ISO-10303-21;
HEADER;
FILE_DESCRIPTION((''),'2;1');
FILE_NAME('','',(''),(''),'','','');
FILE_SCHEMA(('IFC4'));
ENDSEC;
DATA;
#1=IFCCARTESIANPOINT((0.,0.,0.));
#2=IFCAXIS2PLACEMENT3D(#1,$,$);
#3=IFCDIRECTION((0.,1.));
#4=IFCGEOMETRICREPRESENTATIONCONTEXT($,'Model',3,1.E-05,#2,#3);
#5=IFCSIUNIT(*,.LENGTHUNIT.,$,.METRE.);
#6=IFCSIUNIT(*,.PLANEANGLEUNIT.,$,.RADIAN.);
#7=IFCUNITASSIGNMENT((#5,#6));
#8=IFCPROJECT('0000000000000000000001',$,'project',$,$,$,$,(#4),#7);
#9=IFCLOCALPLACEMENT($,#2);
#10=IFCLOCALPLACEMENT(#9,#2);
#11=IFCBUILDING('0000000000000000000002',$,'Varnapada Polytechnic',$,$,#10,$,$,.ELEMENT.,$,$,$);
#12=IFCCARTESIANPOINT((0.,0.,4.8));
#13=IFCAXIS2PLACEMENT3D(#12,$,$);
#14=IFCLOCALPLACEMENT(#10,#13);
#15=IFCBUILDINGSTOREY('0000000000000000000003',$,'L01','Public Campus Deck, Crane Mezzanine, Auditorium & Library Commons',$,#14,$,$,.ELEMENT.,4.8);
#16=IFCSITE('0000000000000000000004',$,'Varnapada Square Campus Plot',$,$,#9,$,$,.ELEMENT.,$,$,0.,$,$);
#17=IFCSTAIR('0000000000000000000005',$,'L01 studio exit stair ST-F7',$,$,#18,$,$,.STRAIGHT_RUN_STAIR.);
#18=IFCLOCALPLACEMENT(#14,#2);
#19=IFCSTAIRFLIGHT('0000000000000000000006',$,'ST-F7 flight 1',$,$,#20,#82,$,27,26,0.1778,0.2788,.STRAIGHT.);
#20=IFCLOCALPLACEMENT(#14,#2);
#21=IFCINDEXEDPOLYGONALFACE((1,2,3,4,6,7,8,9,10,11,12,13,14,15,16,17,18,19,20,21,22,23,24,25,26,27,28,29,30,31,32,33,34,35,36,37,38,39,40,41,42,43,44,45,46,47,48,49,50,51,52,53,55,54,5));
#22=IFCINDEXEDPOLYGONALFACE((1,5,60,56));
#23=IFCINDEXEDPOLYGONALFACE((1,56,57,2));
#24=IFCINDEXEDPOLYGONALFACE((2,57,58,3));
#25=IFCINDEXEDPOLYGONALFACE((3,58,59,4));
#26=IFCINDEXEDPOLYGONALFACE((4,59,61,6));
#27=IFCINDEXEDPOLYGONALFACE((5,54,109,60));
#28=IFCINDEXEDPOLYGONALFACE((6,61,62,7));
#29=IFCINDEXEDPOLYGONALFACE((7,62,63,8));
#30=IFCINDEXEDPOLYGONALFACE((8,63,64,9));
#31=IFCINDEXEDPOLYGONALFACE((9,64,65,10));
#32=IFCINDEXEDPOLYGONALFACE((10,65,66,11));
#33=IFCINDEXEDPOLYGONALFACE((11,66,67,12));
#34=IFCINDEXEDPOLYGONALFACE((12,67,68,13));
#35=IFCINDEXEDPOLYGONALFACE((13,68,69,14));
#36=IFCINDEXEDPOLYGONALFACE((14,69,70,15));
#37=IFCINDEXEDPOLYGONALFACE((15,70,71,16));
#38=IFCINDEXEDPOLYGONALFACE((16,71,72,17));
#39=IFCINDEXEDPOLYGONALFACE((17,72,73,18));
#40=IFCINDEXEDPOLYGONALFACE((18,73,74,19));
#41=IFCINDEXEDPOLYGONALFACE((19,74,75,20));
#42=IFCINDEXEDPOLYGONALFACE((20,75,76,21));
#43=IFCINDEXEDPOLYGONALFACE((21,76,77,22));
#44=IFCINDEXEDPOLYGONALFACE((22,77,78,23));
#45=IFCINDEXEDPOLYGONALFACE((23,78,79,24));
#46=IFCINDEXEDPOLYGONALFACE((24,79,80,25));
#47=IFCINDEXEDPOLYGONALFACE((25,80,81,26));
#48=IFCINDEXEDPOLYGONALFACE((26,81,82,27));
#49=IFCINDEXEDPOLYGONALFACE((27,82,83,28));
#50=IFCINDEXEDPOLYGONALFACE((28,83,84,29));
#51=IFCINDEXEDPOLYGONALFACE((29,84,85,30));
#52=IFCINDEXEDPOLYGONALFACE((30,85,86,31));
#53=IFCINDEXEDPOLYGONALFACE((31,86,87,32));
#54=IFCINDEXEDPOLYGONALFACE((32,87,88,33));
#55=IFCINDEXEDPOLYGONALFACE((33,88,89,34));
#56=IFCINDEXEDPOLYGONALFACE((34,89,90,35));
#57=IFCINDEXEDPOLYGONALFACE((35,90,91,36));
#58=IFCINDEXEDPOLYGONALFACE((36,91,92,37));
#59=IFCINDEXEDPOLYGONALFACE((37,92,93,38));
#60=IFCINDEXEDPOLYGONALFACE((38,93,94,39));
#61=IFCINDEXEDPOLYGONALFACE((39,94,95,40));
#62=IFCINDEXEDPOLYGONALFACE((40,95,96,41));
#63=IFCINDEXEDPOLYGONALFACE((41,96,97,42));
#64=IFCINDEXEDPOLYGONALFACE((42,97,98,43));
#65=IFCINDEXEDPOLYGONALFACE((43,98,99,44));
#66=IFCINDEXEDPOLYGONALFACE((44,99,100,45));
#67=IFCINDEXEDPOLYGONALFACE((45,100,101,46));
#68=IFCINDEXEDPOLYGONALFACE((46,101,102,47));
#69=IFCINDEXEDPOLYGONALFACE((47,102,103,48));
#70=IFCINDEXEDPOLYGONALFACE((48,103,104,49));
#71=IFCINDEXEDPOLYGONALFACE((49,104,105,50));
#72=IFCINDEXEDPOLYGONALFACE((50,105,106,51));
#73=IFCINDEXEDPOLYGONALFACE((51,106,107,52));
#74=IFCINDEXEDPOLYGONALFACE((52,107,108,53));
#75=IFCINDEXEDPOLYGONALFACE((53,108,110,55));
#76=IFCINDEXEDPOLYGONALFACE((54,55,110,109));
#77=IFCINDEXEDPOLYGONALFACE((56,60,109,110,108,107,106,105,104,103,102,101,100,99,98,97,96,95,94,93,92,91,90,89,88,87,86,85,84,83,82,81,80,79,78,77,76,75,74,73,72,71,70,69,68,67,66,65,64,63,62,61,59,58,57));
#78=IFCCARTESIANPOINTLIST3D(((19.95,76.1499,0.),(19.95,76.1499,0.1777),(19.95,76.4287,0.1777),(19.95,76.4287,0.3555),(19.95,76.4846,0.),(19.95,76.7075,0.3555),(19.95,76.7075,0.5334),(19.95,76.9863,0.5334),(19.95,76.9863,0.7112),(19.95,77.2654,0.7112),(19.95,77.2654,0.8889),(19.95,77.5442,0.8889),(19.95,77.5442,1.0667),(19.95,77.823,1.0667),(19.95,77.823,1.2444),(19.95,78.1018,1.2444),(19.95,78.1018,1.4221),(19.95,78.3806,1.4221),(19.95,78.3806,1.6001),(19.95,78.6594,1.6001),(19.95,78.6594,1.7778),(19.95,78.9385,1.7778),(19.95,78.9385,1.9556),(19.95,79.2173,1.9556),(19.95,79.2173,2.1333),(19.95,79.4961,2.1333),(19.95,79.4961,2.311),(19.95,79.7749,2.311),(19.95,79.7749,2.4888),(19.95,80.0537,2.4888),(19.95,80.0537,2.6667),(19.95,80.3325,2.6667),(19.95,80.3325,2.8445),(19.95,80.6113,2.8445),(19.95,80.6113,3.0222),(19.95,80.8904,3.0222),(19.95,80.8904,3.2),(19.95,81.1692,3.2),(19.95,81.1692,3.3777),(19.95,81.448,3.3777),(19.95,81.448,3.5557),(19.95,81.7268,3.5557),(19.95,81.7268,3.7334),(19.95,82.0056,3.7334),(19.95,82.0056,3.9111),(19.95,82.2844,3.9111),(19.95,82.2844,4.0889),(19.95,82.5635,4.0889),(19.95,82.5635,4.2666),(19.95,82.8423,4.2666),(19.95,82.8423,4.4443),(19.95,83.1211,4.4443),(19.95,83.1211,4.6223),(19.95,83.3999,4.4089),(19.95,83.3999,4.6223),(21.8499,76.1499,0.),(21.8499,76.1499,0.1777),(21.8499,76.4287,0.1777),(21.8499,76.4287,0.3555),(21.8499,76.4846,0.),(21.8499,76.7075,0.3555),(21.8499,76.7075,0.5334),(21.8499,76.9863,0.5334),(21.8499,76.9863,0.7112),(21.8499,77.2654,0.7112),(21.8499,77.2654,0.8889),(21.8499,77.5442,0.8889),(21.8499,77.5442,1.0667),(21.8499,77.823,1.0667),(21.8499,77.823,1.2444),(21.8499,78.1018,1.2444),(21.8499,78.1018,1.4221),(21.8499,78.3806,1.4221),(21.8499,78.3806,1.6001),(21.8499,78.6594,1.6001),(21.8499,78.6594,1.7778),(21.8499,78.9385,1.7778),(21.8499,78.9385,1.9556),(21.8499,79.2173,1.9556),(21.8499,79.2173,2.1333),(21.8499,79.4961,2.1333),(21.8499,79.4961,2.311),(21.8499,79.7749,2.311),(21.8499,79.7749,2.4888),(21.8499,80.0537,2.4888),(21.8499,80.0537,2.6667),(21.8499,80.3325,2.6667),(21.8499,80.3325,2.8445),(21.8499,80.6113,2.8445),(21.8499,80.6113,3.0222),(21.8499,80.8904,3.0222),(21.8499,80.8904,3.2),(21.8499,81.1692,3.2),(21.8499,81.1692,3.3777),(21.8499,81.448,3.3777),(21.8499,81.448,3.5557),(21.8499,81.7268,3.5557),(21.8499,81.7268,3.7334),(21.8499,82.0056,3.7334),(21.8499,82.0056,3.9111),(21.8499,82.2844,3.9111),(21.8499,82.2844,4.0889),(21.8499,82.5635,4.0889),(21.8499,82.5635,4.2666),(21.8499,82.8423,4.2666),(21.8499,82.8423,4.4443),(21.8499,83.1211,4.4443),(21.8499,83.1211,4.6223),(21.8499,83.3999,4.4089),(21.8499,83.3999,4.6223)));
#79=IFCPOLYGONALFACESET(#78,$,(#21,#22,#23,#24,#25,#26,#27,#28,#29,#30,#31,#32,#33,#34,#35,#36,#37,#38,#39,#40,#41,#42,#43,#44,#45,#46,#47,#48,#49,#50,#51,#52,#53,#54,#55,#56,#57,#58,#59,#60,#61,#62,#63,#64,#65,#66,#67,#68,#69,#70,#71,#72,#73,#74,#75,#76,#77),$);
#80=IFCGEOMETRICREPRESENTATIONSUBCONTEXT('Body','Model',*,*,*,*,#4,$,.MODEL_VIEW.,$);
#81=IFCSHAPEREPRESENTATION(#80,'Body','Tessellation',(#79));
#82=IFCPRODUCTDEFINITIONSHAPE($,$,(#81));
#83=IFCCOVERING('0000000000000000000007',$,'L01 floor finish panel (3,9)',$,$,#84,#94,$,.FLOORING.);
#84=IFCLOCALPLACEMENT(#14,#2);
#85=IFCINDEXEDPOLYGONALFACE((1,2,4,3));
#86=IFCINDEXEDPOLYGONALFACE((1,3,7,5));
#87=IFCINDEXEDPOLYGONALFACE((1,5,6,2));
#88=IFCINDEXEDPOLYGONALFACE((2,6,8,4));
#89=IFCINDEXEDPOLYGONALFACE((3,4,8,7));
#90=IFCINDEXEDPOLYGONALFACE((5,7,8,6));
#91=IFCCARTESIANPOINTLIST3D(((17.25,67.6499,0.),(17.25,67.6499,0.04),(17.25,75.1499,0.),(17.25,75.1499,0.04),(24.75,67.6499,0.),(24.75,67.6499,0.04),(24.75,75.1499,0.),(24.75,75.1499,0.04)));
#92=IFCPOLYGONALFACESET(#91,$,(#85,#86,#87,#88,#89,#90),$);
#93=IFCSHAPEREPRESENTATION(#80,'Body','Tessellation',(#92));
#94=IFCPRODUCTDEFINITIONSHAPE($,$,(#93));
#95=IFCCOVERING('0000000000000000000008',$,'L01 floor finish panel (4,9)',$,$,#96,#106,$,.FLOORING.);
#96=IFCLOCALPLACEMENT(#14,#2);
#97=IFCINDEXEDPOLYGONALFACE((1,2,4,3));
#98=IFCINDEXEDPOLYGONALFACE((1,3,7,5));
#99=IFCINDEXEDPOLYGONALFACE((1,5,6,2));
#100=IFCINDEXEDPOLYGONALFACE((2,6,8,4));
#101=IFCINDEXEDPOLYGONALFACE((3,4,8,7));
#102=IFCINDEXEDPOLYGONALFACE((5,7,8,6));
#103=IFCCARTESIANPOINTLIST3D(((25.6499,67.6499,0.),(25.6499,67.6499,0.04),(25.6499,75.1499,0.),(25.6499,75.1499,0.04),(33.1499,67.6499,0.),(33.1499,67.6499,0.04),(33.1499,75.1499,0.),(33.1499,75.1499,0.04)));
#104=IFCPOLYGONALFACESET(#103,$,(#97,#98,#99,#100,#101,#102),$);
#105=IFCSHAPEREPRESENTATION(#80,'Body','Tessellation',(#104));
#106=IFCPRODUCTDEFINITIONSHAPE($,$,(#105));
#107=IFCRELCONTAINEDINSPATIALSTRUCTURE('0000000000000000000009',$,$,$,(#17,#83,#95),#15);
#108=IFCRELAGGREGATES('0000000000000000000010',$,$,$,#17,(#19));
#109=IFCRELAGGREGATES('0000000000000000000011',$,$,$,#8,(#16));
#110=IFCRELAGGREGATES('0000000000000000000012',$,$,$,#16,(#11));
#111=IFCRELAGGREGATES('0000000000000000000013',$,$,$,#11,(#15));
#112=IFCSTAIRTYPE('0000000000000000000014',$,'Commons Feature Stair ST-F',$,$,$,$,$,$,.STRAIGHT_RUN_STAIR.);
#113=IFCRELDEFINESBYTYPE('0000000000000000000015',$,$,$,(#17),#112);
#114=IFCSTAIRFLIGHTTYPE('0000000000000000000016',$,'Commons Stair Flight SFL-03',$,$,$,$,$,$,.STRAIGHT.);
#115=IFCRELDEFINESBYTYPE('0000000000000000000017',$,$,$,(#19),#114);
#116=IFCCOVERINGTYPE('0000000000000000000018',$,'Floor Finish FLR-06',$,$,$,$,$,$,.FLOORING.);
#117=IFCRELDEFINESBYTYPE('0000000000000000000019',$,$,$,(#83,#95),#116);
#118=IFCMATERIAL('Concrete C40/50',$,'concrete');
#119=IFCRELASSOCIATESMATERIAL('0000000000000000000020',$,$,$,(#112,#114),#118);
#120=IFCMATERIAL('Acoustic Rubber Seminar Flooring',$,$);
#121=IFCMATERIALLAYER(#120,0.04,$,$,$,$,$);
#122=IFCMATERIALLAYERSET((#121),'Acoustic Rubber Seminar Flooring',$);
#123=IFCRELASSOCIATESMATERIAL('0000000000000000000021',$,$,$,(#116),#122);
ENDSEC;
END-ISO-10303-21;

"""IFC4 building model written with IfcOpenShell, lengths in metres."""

from ifc_helpers import new_model, si_unit, direction, frame, origin, origin_2d, place, context, subcontext, project, spatial, polyline, rectangle, outline, extrude, material, layer, layer_set, type_object, element, aggregate, save


model = new_model("IFC4")

# Units and contexts
model_context = context("Model", 3, precision=1e-05, world=origin(), true_north=direction((0.0, 1.0)))
body_context = subcontext(model_context, "Body", "Model", "MODEL_VIEW")
ifc_project = project(units=[si_unit("LENGTHUNIT", "METRE"), si_unit("PLANEANGLEUNIT", "RADIAN")], contexts=[model_context])

# Site, building, storey
site_placement = place(None, origin())
site = spatial("IfcSite", under=ifc_project, at=site_placement, Name="Varnapada Square Campus Plot", CompositionType="ELEMENT", RefElevation=0.0)
building_placement = place(site_placement, origin())
building = spatial("IfcBuilding", under=site, at=building_placement, Name="Varnapada Polytechnic", CompositionType="ELEMENT")
storey_placement = place(building_placement, frame((0.0, 0.0, 4.8)))
storey = spatial("IfcBuildingStorey", under=building, at=storey_placement, Name="L01", Description="Public Campus Deck, Crane Mezzanine, Auditorium & Library Commons", CompositionType="ELEMENT", Elevation=4.8)

# Stair, stair flight
ifc_material_1 = material(Name="Concrete C40/50", Category="concrete")
stair_type = type_object("IfcStairType", Name="Commons Feature Stair ST-F", PredefinedType="STRAIGHT_RUN_STAIR", material=ifc_material_1)
stair_placement = place(storey_placement, origin())
stair = element("IfcStair", 1, at=stair_placement, inside=storey, type_object=stair_type, Name="L01 studio exit stair ST-F7", PredefinedType="STRAIGHT_RUN_STAIR")
stair_flight_type = type_object("IfcStairFlightType", Name="Commons Stair Flight SFL-03", PredefinedType="STRAIGHT", material=ifc_material_1)
stair_flight_placement = place(storey_placement, frame((20.8999, 76.1499, 0.0), z_axis=(0.0, 0.0, 1.0), x_axis=(0.0, 1.0, 0.0)))
stair_flight = element("IfcStairFlight", 2, at=stair_flight_placement, type_object=stair_flight_type, Name="ST-F7 flight 1", NumberOfRisers=27, NumberOfTreads=26, PredefinedType="STRAIGHT", RiserHeight=0.1778, TreadLength=0.2788, context=body_context, shape_type="SweptSolid", body=[
    extrude(outline(polyline([(0.0, 0.0), (0.0, 0.1777), (0.2788, 0.1777), (0.2788, 0.3555), (0.5576, 0.3555), (0.5576, 0.5334), (0.8364, 0.5334), (0.8364, 0.7112), (1.1155, 0.7112), (1.1155, 0.8889), (1.3943, 0.8889), (1.3943, 1.0667), (1.6731, 1.0667), (1.6731, 1.2444), (1.9519, 1.2444), (1.9519, 1.4221), (2.2307, 1.4221), (2.2307, 1.6001), (2.5095, 1.6001), (2.5095, 1.7778), (2.7886, 1.7778), (2.7886, 1.9556), (3.0674, 1.9556), (3.0674, 2.1333), (3.3462, 2.1333), (3.3462, 2.311), (3.625, 2.311), (3.625, 2.4888), (3.9038, 2.4888), (3.9038, 2.6667), (4.1826, 2.6667), (4.1826, 2.8445), (4.4614, 2.8445), (4.4614, 3.0222), (4.7405, 3.0222), (4.7405, 3.2), (5.0193, 3.2), (5.0193, 3.3777), (5.2981, 3.3777), (5.2981, 3.5557), (5.5769, 3.5557), (5.5769, 3.7334), (5.8557, 3.7334), (5.8557, 3.9111), (6.1345, 3.9111), (6.1345, 4.0889), (6.4136, 4.0889), (6.4136, 4.2666), (6.6924, 4.2666), (6.6924, 4.4443), (6.9712, 4.4443), (6.9712, 4.6223), (7.25, 4.6223), (7.25, 4.8), (7.25, 4.4089), (0.3347, 0.0), (0.0, 0.0)])), frame((0.0, 0.95, 0.0), z_axis=(0.0, -1.0, 0.0), x_axis=(1.0, 0.0, 0.0)), (0.0, 0.0, 1.0), 1.8999),
])
aggregate(stair, [stair_flight])

# Coverings
ifc_material_2 = material(Name="Acoustic Rubber Seminar Flooring")
ifc_layer_1 = layer(ifc_material_2, 0.04)
ifc_layer_set_1 = layer_set([ifc_layer_1], Name="Acoustic Rubber Seminar Flooring")
covering_type = type_object("IfcCoveringType", Name="Floor Finish FLR-06", PredefinedType="FLOORING", material=ifc_layer_set_1)
for number, where, z_axis, x_axis, name in (
    (3, (21.0, 71.3999, 0.0), (0.0, 0.0, 1.0), (1.0, 0.0, 0.0), "L01 floor finish panel (3,9)"),
    (4, (29.3999, 71.3999, 0.0), (0.0, 0.0, 1.0), (1.0, 0.0, 0.0), "L01 floor finish panel (4,9)"),
):
    element("IfcCovering", number, at=place(storey_placement, frame(where, z_axis=z_axis, x_axis=x_axis)), inside=storey, type_object=covering_type, Name=name, PredefinedType="FLOORING", context=body_context, shape_type="SweptSolid", body=[
        extrude(rectangle(XDim=7.5, YDim=7.5, at=origin_2d()), origin(), (0.0, 0.0, 1.0), 0.04),
    ])

save(model, "model.ifc")
